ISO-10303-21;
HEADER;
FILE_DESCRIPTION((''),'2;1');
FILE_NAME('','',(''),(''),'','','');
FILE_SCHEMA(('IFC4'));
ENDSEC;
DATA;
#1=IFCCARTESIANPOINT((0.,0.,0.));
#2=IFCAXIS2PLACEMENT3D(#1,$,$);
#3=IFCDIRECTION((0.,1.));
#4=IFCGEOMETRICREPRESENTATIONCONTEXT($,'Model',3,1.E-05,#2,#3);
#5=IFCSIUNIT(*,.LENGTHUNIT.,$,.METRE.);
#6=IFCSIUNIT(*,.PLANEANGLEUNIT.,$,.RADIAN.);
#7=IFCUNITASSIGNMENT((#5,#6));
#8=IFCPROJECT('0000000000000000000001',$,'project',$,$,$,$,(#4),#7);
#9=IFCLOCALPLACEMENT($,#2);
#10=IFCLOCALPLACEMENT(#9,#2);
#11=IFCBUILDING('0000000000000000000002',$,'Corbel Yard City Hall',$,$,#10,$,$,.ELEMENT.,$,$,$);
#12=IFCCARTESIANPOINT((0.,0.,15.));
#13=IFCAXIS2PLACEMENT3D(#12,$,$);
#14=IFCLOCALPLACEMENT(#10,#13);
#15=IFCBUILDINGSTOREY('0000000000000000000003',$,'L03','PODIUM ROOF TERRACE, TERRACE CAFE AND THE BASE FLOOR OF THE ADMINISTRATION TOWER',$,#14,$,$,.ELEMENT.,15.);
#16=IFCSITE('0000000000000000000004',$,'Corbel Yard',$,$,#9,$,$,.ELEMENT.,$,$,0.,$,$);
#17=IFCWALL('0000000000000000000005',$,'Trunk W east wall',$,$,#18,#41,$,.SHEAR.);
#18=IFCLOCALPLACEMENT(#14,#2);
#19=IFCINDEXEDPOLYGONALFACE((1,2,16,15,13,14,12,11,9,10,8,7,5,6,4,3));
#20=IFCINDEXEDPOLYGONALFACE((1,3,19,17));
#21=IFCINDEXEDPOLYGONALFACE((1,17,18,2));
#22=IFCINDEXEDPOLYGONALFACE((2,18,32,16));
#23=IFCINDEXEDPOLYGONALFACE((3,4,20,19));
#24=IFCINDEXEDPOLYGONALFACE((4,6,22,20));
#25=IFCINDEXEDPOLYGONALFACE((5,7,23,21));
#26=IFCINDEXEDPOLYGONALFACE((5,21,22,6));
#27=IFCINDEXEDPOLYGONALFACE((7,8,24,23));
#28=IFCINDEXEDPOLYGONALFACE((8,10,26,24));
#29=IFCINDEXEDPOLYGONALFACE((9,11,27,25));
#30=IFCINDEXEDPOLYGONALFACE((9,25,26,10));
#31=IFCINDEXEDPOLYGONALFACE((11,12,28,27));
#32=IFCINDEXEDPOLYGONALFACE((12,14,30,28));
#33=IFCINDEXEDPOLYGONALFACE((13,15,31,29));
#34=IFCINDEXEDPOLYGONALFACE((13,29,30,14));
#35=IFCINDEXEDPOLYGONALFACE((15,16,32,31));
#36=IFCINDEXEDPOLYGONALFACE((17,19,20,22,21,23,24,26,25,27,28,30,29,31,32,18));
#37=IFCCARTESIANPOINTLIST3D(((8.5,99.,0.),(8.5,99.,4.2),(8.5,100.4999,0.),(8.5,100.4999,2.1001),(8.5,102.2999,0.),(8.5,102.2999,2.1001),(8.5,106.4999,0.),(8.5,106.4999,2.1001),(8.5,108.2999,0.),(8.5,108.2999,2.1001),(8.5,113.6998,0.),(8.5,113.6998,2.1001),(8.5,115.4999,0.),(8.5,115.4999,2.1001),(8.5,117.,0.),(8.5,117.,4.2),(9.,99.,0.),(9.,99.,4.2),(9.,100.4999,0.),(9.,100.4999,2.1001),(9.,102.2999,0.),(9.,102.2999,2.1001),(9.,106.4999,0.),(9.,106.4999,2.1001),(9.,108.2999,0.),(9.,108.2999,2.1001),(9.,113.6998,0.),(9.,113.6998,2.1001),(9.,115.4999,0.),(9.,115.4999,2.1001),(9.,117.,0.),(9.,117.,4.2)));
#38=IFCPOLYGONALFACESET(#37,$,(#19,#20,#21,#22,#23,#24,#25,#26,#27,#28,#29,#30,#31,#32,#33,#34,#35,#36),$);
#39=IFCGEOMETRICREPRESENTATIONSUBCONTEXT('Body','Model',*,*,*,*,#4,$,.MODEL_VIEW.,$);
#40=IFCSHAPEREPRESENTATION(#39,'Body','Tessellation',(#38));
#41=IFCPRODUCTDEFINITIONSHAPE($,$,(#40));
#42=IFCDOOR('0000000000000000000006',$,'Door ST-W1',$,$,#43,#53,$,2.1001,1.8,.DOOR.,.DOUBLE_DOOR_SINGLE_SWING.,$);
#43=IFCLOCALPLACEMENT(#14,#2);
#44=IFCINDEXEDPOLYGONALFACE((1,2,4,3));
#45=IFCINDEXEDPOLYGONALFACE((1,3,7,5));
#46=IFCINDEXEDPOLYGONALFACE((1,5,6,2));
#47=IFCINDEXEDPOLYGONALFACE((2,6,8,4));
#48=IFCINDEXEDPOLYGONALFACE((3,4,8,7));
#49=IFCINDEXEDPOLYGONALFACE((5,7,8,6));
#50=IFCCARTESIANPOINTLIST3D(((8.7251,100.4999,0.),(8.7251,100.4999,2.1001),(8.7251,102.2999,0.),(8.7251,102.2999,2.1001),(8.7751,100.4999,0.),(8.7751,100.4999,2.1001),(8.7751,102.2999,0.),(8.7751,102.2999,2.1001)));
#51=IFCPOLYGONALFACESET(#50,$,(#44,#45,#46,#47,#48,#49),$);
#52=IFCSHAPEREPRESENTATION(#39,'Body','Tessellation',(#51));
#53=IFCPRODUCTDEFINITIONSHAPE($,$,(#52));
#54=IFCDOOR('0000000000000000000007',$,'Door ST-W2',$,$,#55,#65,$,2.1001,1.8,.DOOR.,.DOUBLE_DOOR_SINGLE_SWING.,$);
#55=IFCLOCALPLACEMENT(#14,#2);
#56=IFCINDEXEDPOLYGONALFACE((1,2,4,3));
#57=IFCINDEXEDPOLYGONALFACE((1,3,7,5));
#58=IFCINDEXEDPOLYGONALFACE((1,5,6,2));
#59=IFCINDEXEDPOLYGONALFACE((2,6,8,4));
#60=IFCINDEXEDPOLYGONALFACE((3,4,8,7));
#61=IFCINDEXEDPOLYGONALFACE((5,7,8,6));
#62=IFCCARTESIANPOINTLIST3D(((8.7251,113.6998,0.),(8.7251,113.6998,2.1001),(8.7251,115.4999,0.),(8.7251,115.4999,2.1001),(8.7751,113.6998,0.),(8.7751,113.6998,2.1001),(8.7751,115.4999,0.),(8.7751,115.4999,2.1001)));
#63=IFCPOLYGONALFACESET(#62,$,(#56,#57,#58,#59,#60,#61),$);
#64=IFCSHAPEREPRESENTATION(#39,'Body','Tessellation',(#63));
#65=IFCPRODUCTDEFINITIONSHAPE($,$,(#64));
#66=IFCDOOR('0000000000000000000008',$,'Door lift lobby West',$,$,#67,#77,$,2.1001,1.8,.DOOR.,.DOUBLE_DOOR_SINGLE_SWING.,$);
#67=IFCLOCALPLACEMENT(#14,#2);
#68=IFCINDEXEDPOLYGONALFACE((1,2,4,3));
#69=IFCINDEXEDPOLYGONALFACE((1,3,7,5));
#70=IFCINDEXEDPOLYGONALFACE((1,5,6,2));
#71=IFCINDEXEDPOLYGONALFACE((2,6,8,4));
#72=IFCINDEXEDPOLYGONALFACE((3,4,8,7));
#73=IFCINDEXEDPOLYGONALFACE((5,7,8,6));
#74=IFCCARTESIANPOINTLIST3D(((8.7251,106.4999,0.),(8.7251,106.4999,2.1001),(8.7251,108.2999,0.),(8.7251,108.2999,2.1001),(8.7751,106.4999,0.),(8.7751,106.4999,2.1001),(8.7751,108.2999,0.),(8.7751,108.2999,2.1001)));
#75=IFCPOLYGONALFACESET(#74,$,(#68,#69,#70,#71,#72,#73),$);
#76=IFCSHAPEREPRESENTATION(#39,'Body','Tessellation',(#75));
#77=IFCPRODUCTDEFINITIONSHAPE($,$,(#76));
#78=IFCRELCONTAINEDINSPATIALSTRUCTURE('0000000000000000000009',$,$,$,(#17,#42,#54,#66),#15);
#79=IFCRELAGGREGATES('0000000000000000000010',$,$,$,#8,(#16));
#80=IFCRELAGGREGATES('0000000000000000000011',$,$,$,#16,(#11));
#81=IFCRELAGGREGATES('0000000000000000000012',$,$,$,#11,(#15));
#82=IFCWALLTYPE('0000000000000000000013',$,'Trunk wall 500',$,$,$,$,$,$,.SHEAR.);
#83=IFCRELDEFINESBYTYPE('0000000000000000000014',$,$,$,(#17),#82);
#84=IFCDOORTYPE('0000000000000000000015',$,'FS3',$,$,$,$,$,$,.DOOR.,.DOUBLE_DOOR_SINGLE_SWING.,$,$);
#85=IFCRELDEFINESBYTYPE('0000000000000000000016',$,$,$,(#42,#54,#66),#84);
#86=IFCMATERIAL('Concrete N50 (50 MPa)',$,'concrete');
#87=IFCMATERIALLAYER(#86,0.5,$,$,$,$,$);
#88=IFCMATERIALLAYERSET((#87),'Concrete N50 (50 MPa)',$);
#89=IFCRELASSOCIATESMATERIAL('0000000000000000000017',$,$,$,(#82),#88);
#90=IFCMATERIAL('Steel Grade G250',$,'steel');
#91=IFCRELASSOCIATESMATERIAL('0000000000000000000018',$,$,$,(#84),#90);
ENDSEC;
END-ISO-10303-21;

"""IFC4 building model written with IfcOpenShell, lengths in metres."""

from ifc_helpers import new_model, si_unit, direction, frame, frame_2d, origin, place, context, subcontext, project, spatial, rectangle, extrude, material, layer, layer_set, type_object, element, fill, save


model = new_model("IFC4")

# Units and contexts
model_context = context("Model", 3, precision=1e-05, world=origin(), true_north=direction((0.0, 1.0)))
body_context = subcontext(model_context, "Body", "Model", "MODEL_VIEW")
ifc_project = project(units=[si_unit("LENGTHUNIT", "METRE"), si_unit("PLANEANGLEUNIT", "RADIAN")], contexts=[model_context])

# Site, building, storey
site_placement = place(None, origin())
site = spatial("IfcSite", under=ifc_project, at=site_placement, Name="Corbel Yard", CompositionType="ELEMENT", RefElevation=0.0)
building_placement = place(site_placement, origin())
building = spatial("IfcBuilding", under=site, at=building_placement, Name="Corbel Yard City Hall", CompositionType="ELEMENT")
storey_placement = place(building_placement, frame((0.0, 0.0, 15.0)))
storey = spatial("IfcBuildingStorey", under=building, at=storey_placement, Name="L03", Description="PODIUM ROOF TERRACE, TERRACE CAFE AND THE BASE FLOOR OF THE ADMINISTRATION TOWER", CompositionType="ELEMENT", Elevation=15.0)

# Shared definitions
ifc_material_1 = material(Name="Concrete N50 (50 MPa)", Category="concrete")
ifc_layer_1 = layer(ifc_material_1, 0.5)
ifc_layer_set_1 = layer_set([ifc_layer_1], Name="Concrete N50 (50 MPa)")
wall_type_1 = type_object("IfcWallType", Name="Trunk wall 500", PredefinedType="SHEAR", material=ifc_layer_set_1)

# Wall, openings, doors
wall_1_placement = place(storey_placement, frame((8.75, 99.0, 0.0), z_axis=(0.0, 0.0, 1.0), x_axis=(0.0, 1.0, 0.0)))
wall_1 = element("IfcWall", 1, at=wall_1_placement, inside=storey, type_object=wall_type_1, Name="Trunk W east wall", PredefinedType="SHEAR", context=body_context, shape_type="SweptSolid", body=[
    extrude(rectangle(XDim=18.0, YDim=0.5, at=frame_2d((9.0, 0.0))), origin(), (0.0, 0.0, 1.0), 4.2),
])
opening_1_placement = place(wall_1_placement, frame((1.5, 0.0, 0.0)))
opening_1 = element("IfcOpeningElement", 2, at=opening_1_placement, cuts=wall_1, PredefinedType="OPENING", context=body_context, shape_type="SweptSolid", body=[
    extrude(rectangle(XDim=1.8, YDim=2.1001, at=frame_2d((0.8999, 1.05))), frame((0.0, 0.26, 0.0), z_axis=(0.0, -1.0, 0.0), x_axis=(1.0, 0.0, 0.0)), (0.0, 0.0, 1.0), 0.52),
])
opening_2_placement = place(wall_1_placement, frame((14.7, 0.0, 0.0)))
opening_2 = element("IfcOpeningElement", 3, at=opening_2_placement, cuts=wall_1, PredefinedType="OPENING", context=body_context, shape_type="SweptSolid", body=[
    extrude(rectangle(XDim=1.8, YDim=2.1001, at=frame_2d((0.8999, 1.05))), frame((0.0, 0.26, 0.0), z_axis=(0.0, -1.0, 0.0), x_axis=(1.0, 0.0, 0.0)), (0.0, 0.0, 1.0), 0.52),
])
opening_3_placement = place(wall_1_placement, frame((7.5, 0.0, 0.0)))
opening_3 = element("IfcOpeningElement", 4, at=opening_3_placement, cuts=wall_1, PredefinedType="OPENING", context=body_context, shape_type="SweptSolid", body=[
    extrude(rectangle(XDim=1.8, YDim=2.1001, at=frame_2d((0.8999, 1.05))), frame((0.0, 0.26, 0.0), z_axis=(0.0, -1.0, 0.0), x_axis=(1.0, 0.0, 0.0)), (0.0, 0.0, 1.0), 0.52),
])
ifc_material_2 = material(Name="Steel Grade G250", Category="steel")
door_type = type_object("IfcDoorType", Name="FS3", OperationType="DOUBLE_DOOR_SINGLE_SWING", PredefinedType="DOOR", material=ifc_material_2)
door_1_placement = place(opening_1_placement, origin())
door_1 = element("IfcDoor", 5, at=door_1_placement, inside=storey, type_object=door_type, Name="Door ST-W1", OperationType="DOUBLE_DOOR_SINGLE_SWING", OverallHeight=2.1001, OverallWidth=1.8, PredefinedType="DOOR", context=body_context, shape_type="SweptSolid", body=[
    extrude(rectangle(XDim=1.8, YDim=2.1001, at=frame_2d((0.8999, 1.05))), frame((0.0, 0.0249, 0.0), z_axis=(0.0, -1.0, 0.0), x_axis=(1.0, 0.0, 0.0)), (0.0, 0.0, 1.0), 0.05),
])
fill(opening_1, door_1)
door_2_placement = place(opening_2_placement, origin())
door_2 = element("IfcDoor", 6, at=door_2_placement, inside=storey, type_object=door_type, Name="Door ST-W2", OperationType="DOUBLE_DOOR_SINGLE_SWING", OverallHeight=2.1001, OverallWidth=1.8, PredefinedType="DOOR", context=body_context, shape_type="SweptSolid", body=[
    extrude(rectangle(XDim=1.8, YDim=2.1001, at=frame_2d((0.8999, 1.05))), frame((0.0, 0.0249, 0.0), z_axis=(0.0, -1.0, 0.0), x_axis=(1.0, 0.0, 0.0)), (0.0, 0.0, 1.0), 0.05),
])
fill(opening_2, door_2)
door_3_placement = place(opening_3_placement, origin())
door_3 = element("IfcDoor", 7, at=door_3_placement, inside=storey, type_object=door_type, Name="Door lift lobby West", OperationType="DOUBLE_DOOR_SINGLE_SWING", OverallHeight=2.1001, OverallWidth=1.8, PredefinedType="DOOR", context=body_context, shape_type="SweptSolid", body=[
    extrude(rectangle(XDim=1.8, YDim=2.1001, at=frame_2d((0.8999, 1.05))), frame((0.0, 0.0249, 0.0), z_axis=(0.0, -1.0, 0.0), x_axis=(1.0, 0.0, 0.0)), (0.0, 0.0, 1.0), 0.05),
])
fill(opening_3, door_3)

save(model, "model.ifc")
